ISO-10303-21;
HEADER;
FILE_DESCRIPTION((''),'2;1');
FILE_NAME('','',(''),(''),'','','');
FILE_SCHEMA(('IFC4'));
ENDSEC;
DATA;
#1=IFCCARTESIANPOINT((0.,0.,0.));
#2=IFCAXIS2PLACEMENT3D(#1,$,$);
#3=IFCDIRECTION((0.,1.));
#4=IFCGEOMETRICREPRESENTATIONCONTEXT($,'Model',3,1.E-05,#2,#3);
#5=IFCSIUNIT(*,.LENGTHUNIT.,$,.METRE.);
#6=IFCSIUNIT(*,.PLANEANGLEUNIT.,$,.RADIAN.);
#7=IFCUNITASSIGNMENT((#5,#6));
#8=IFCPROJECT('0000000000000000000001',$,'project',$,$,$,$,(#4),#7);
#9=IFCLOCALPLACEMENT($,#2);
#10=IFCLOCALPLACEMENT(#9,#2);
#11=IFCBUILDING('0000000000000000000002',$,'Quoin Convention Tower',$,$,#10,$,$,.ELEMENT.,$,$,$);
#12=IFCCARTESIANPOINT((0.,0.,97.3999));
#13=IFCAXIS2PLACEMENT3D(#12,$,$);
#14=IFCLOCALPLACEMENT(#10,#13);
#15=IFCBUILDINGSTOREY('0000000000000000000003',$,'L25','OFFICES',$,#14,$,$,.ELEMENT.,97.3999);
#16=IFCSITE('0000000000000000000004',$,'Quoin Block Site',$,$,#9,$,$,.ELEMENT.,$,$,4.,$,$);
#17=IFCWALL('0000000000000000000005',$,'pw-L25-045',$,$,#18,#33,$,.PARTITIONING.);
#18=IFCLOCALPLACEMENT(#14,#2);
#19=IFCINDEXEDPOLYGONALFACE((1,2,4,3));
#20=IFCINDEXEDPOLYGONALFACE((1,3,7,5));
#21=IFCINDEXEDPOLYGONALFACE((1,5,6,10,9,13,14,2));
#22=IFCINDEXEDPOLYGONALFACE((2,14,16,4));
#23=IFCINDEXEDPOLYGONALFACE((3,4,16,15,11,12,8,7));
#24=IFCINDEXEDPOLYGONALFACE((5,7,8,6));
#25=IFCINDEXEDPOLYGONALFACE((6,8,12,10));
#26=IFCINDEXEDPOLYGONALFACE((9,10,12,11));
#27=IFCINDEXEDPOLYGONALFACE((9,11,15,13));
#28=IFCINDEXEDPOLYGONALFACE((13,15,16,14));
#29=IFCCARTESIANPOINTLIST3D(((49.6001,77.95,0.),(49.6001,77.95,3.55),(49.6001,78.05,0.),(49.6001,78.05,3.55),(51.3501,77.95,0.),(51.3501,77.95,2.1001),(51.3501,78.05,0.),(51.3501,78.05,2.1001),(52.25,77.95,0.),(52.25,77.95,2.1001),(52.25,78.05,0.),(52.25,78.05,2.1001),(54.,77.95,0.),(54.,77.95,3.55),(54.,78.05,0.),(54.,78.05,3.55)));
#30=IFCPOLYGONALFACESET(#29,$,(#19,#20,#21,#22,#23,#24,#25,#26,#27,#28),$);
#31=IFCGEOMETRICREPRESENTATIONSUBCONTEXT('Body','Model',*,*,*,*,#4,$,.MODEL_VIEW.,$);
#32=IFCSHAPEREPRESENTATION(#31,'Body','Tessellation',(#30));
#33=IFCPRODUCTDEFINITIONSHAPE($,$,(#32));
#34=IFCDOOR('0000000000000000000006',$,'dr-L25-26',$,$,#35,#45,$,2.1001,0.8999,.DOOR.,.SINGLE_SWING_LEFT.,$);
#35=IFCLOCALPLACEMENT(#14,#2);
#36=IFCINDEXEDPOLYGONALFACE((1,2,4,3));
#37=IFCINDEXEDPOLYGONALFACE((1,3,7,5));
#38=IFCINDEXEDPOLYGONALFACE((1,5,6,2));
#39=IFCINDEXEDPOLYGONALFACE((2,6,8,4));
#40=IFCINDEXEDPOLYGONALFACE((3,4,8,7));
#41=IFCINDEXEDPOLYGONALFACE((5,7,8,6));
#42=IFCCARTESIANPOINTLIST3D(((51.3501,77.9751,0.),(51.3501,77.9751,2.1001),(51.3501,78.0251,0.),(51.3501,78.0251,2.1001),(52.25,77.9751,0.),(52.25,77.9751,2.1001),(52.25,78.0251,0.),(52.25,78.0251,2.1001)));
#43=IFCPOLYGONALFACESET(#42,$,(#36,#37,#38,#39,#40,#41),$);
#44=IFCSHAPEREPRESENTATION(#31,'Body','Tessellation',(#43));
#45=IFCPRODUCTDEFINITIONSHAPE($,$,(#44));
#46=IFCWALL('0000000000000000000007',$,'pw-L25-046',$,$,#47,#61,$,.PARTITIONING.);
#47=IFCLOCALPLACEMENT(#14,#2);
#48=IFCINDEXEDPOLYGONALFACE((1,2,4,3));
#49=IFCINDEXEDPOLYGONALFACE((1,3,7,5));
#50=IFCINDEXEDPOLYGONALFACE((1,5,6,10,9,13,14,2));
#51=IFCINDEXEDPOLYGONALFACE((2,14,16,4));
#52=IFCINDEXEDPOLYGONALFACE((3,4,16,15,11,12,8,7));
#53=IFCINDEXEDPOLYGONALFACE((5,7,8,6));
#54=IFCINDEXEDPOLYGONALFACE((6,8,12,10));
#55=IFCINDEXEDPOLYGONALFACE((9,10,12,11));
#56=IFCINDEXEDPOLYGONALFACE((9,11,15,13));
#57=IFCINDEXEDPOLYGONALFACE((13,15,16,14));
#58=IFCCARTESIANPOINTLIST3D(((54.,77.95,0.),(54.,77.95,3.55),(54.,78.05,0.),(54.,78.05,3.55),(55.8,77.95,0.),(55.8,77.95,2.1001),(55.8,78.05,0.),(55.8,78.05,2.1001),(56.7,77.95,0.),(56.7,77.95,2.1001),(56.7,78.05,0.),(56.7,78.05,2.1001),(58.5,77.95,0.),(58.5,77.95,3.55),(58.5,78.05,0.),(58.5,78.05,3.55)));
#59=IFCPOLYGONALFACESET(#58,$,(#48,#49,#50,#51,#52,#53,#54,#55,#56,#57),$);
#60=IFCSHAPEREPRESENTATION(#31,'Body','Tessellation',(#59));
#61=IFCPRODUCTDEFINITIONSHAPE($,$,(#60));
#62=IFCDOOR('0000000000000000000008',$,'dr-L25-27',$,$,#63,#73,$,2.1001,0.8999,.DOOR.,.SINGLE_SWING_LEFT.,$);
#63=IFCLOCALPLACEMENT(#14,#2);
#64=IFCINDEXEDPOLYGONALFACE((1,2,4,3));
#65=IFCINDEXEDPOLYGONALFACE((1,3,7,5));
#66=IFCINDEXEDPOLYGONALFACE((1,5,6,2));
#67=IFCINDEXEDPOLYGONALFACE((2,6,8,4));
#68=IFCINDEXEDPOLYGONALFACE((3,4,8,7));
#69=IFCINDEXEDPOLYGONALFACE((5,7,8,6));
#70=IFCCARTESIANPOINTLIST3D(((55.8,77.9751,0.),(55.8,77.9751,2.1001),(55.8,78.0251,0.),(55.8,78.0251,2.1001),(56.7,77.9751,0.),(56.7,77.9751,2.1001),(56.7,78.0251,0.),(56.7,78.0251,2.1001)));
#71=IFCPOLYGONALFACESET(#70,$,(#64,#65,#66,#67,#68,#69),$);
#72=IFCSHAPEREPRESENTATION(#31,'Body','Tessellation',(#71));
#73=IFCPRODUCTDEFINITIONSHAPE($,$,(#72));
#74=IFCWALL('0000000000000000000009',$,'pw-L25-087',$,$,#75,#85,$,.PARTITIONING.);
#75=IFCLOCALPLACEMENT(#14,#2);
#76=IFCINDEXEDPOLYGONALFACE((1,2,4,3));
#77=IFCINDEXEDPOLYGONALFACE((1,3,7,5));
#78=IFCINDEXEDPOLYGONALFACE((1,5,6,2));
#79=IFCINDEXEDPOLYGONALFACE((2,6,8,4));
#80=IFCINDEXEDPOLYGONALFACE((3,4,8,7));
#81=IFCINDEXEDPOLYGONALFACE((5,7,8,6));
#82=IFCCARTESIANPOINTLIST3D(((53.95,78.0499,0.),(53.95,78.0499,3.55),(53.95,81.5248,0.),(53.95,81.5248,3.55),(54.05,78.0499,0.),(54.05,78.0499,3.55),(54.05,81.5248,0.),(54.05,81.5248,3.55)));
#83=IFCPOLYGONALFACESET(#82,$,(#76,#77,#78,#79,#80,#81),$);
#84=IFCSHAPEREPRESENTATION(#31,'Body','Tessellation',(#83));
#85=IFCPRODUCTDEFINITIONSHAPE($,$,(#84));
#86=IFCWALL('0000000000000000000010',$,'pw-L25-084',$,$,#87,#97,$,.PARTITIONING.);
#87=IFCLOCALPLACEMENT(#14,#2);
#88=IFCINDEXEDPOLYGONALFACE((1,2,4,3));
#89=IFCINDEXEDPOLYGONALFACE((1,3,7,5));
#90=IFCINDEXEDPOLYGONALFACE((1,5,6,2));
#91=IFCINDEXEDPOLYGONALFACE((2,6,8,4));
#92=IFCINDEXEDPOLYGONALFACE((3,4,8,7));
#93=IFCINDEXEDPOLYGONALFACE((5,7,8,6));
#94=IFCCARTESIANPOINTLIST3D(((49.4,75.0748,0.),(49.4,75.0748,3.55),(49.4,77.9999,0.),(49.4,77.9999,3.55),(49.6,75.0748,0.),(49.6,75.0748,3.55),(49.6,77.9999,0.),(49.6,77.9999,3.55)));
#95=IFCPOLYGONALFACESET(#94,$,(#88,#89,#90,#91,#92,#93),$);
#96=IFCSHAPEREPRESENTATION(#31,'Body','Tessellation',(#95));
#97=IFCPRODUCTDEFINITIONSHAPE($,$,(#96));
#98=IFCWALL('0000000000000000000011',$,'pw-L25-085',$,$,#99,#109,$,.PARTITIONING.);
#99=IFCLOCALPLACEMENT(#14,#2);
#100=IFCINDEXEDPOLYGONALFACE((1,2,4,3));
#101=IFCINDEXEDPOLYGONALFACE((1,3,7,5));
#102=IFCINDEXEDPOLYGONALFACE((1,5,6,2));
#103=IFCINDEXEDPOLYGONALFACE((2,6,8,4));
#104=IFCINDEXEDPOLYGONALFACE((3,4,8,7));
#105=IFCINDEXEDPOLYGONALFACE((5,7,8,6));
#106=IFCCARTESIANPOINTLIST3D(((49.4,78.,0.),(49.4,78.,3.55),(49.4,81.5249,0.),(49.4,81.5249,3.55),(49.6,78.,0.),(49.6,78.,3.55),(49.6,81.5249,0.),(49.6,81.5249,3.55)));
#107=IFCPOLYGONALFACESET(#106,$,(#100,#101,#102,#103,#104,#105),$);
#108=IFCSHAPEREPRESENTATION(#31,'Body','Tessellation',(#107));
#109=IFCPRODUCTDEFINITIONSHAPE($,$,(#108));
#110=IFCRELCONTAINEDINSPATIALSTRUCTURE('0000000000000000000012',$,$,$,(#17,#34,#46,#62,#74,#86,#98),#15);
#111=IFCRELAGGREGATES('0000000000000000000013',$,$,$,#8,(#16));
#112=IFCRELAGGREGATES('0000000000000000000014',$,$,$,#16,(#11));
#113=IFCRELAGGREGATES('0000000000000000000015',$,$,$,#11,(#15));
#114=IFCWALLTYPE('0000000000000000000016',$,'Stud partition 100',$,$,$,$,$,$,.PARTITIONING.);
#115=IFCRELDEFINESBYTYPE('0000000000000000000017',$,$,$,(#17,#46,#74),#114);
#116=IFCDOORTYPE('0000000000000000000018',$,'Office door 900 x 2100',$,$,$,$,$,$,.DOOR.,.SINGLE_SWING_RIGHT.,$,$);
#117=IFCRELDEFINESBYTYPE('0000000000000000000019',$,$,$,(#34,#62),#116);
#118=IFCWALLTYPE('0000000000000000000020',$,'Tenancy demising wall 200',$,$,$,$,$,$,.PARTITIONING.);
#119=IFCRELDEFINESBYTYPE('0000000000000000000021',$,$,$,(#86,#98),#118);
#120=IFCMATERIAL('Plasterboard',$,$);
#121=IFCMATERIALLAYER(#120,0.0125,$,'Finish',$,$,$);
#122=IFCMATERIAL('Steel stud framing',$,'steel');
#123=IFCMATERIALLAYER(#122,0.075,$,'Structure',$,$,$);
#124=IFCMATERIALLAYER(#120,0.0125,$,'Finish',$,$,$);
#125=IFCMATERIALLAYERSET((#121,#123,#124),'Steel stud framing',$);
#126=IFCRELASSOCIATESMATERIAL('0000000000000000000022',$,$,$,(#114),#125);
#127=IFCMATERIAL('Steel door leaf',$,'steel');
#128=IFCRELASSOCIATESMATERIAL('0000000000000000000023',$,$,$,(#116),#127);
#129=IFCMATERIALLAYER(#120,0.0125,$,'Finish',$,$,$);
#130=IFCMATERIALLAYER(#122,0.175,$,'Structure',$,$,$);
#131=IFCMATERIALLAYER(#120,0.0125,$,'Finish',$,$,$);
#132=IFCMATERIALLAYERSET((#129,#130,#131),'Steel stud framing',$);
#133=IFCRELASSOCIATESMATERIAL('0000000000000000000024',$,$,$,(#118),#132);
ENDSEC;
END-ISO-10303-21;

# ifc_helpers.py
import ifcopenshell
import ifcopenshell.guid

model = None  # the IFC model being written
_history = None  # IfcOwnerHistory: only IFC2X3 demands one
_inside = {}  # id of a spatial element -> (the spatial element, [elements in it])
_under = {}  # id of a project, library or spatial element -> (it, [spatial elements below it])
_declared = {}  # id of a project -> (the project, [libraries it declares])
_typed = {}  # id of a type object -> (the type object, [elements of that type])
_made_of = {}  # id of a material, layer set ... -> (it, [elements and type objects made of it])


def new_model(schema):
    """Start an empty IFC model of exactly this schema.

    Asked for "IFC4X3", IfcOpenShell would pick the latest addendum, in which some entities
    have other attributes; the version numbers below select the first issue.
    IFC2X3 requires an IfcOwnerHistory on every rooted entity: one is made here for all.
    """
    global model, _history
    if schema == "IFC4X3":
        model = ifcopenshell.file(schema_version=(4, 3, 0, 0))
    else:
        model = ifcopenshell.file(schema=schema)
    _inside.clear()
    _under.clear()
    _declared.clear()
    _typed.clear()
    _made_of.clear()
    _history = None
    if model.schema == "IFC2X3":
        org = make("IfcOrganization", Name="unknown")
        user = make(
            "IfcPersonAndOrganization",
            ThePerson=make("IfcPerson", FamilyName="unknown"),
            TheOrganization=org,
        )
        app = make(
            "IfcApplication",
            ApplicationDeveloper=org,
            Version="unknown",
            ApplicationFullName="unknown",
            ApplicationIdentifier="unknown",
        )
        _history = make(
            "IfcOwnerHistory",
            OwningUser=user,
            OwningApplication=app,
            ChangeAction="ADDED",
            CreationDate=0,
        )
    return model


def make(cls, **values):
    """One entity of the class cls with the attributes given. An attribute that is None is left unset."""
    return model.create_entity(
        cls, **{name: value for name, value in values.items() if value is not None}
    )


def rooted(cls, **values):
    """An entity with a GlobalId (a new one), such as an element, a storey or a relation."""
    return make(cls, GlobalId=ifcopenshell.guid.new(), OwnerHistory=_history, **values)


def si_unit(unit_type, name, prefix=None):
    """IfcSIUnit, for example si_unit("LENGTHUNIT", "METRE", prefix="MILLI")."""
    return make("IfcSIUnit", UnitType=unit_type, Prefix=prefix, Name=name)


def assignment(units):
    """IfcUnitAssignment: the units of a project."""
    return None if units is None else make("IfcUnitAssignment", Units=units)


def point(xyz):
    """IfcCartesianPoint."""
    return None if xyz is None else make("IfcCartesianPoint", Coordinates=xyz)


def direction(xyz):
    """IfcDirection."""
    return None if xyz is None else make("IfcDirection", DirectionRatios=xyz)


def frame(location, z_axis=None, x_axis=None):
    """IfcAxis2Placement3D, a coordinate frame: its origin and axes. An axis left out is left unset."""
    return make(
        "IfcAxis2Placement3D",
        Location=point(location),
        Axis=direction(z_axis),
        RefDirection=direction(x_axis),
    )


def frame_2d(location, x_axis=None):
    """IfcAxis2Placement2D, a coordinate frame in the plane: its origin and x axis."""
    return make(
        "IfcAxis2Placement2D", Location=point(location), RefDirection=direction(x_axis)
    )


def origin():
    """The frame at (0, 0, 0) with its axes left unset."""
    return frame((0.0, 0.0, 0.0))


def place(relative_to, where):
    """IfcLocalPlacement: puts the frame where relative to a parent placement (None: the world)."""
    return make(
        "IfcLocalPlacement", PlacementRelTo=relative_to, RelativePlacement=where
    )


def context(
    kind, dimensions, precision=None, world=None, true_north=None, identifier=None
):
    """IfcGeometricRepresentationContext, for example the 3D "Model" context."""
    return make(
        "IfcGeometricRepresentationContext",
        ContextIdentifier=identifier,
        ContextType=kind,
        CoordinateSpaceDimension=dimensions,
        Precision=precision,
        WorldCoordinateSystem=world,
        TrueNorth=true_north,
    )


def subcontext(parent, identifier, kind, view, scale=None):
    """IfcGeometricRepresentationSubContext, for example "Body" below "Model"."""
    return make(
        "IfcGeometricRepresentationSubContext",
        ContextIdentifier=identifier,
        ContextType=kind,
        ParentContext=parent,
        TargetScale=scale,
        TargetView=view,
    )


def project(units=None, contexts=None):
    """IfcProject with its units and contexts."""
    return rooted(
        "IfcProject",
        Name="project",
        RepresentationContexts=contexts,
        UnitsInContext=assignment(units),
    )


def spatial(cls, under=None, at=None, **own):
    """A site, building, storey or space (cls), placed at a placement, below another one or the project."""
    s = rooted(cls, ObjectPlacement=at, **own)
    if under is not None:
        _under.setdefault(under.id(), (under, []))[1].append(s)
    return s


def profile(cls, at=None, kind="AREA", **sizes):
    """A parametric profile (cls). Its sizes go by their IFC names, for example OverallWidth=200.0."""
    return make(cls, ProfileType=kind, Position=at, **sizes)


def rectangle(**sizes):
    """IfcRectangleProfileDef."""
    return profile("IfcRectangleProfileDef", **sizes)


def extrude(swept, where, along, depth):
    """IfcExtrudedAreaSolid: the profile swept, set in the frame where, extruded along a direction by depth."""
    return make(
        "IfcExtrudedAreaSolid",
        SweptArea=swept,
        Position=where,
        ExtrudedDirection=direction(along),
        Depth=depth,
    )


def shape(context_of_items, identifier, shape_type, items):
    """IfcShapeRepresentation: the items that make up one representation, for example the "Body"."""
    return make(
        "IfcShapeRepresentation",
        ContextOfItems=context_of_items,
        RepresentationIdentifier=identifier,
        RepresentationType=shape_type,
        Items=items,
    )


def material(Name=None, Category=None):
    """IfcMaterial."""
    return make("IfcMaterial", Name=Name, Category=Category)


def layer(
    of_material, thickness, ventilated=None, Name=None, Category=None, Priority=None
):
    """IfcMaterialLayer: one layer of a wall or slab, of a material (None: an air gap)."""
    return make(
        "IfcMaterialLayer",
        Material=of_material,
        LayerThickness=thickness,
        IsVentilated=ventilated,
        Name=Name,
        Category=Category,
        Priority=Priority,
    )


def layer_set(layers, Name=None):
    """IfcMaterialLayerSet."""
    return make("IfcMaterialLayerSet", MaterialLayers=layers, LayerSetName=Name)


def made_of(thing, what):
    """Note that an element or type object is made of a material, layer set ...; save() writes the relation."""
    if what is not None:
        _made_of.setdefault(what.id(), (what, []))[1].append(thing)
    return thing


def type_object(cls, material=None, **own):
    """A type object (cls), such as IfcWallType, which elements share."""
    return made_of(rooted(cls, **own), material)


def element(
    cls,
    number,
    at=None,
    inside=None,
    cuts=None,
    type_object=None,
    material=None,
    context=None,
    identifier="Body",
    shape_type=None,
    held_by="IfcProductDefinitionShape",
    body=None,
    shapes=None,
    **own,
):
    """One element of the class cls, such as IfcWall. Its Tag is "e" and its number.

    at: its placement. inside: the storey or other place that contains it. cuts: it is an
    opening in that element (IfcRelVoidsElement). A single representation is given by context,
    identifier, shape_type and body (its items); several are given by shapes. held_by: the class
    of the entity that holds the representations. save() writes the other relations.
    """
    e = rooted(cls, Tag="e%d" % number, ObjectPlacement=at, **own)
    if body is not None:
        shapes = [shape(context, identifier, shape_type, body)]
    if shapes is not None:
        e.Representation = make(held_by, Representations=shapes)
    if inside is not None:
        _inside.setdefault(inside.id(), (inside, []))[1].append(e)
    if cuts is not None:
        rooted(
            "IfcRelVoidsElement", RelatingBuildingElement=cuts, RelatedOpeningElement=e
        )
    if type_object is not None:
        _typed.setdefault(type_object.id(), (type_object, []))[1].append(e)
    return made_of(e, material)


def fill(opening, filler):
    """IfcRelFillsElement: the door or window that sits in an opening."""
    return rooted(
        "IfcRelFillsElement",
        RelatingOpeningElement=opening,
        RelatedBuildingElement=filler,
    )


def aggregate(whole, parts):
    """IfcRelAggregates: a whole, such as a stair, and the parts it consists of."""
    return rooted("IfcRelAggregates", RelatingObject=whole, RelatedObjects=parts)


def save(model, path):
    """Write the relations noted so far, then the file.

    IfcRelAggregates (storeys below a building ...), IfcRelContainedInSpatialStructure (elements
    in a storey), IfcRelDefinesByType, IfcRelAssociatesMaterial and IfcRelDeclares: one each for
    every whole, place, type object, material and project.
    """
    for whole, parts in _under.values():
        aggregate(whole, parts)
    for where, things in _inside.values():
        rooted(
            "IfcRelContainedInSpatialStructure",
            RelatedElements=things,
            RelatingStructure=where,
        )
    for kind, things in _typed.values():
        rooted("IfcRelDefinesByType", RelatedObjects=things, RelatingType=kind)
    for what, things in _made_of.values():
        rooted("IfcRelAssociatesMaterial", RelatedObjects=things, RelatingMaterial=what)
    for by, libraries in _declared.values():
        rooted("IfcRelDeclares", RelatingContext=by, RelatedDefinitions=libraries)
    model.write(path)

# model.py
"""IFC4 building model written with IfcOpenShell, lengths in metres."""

from ifc_helpers import new_model, si_unit, direction, frame, frame_2d, origin, place, context, subcontext, project, spatial, rectangle, extrude, material, layer, layer_set, type_object, element, fill, save


model = new_model("IFC4")

# Units and contexts
model_context = context("Model", 3, precision=1e-05, world=origin(), true_north=direction((0.0, 1.0)))
body_context = subcontext(model_context, "Body", "Model", "MODEL_VIEW")
ifc_project = project(units=[si_unit("LENGTHUNIT", "METRE"), si_unit("PLANEANGLEUNIT", "RADIAN")], contexts=[model_context])

# Site, building, storey
site_placement = place(None, origin())
site = spatial("IfcSite", under=ifc_project, at=site_placement, Name="Quoin Block Site", CompositionType="ELEMENT", RefElevation=4.0)
building_placement = place(site_placement, origin())
building = spatial("IfcBuilding", under=site, at=building_placement, Name="Quoin Convention Tower", CompositionType="ELEMENT")
storey_placement = place(building_placement, frame((0.0, 0.0, 97.3999)))
storey = spatial("IfcBuildingStorey", under=building, at=storey_placement, Name="L25", Description="OFFICES", CompositionType="ELEMENT", Elevation=97.3999)

# Shared definitions
ifc_material_1 = material(Name="Steel door leaf", Category="steel")

# Walls, openings, doors
ifc_material_2 = material(Name="Plasterboard")
ifc_material_3 = material(Name="Steel stud framing", Category="steel")
ifc_layer_1 = layer(ifc_material_2, 0.0125, Name="Finish")
ifc_layer_2 = layer(ifc_material_3, 0.075, Name="Structure")
ifc_layer_3 = layer(ifc_material_2, 0.0125, Name="Finish")
ifc_layer_set_1 = layer_set([ifc_layer_1, ifc_layer_2, ifc_layer_3], Name="Steel stud framing")
wall_type_1 = type_object("IfcWallType", Name="Stud partition 100", PredefinedType="PARTITIONING", material=ifc_layer_set_1)
wall_1_placement = place(storey_placement, frame((49.6001, 78.0, 0.0), z_axis=(0.0, 0.0, 1.0), x_axis=(1.0, 0.0, 0.0)))
wall_1 = element("IfcWall", 1, at=wall_1_placement, inside=storey, type_object=wall_type_1, Name="pw-L25-045", PredefinedType="PARTITIONING", context=body_context, shape_type="SweptSolid", body=[
    extrude(rectangle(XDim=4.3999, YDim=0.1001, at=frame_2d((2.2, 0.0))), origin(), (0.0, 0.0, 1.0), 3.55),
])
opening_1_placement = place(wall_1_placement, frame((1.75, 0.0, 0.0)))
opening_1 = element("IfcOpeningElement", 2, at=opening_1_placement, cuts=wall_1, PredefinedType="OPENING", context=body_context, shape_type="SweptSolid", body=[
    extrude(rectangle(XDim=0.8999, YDim=2.1001, at=frame_2d((0.45, 1.05))), frame((0.0, 0.0601, 0.0), z_axis=(0.0, -1.0, 0.0), x_axis=(1.0, 0.0, 0.0)), (0.0, 0.0, 1.0), 0.1201),
])
door_type_1 = type_object("IfcDoorType", Name="Office door 900 x 2100", OperationType="SINGLE_SWING_RIGHT", PredefinedType="DOOR", material=ifc_material_1)
door_1_placement = place(opening_1_placement, frame((0.8999, 0.0, 0.0), z_axis=(0.0, 0.0, 1.0), x_axis=(-1.0, 0.0, 0.0)))
door_1 = element("IfcDoor", 3, at=door_1_placement, inside=storey, type_object=door_type_1, Name="dr-L25-26", OperationType="SINGLE_SWING_LEFT", OverallHeight=2.1001, OverallWidth=0.8999, PredefinedType="DOOR", context=body_context, shape_type="SweptSolid", body=[
    extrude(rectangle(XDim=0.8999, YDim=2.1001, at=frame_2d((0.45, 1.05))), frame((0.0, 0.0249, 0.0), z_axis=(0.0, -1.0, 0.0), x_axis=(1.0, 0.0, 0.0)), (0.0, 0.0, 1.0), 0.05),
])
fill(opening_1, door_1)
wall_2_placement = place(storey_placement, frame((54.0, 78.0, 0.0), z_axis=(0.0, 0.0, 1.0), x_axis=(1.0, 0.0, 0.0)))
wall_2 = element("IfcWall", 4, at=wall_2_placement, inside=storey, type_object=wall_type_1, Name="pw-L25-046", PredefinedType="PARTITIONING", context=body_context, shape_type="SweptSolid", body=[
    extrude(rectangle(XDim=4.5, YDim=0.1001, at=frame_2d((2.25, 0.0))), origin(), (0.0, 0.0, 1.0), 3.55),
])
opening_2_placement = place(wall_2_placement, frame((1.8, 0.0, 0.0)))
opening_2 = element("IfcOpeningElement", 5, at=opening_2_placement, cuts=wall_2, PredefinedType="OPENING", context=body_context, shape_type="SweptSolid", body=[
    extrude(rectangle(XDim=0.8999, YDim=2.1001, at=frame_2d((0.45, 1.05))), frame((0.0, 0.0601, 0.0), z_axis=(0.0, -1.0, 0.0), x_axis=(1.0, 0.0, 0.0)), (0.0, 0.0, 1.0), 0.1201),
])
door_2_placement = place(opening_2_placement, frame((0.8999, 0.0, 0.0), z_axis=(0.0, 0.0, 1.0), x_axis=(-1.0, 0.0, 0.0)))
door_2 = element("IfcDoor", 6, at=door_2_placement, inside=storey, type_object=door_type_1, Name="dr-L25-27", OperationType="SINGLE_SWING_LEFT", OverallHeight=2.1001, OverallWidth=0.8999, PredefinedType="DOOR", context=body_context, shape_type="SweptSolid", body=[
    extrude(rectangle(XDim=0.8999, YDim=2.1001, at=frame_2d((0.45, 1.05))), frame((0.0, 0.0249, 0.0), z_axis=(0.0, -1.0, 0.0), x_axis=(1.0, 0.0, 0.0)), (0.0, 0.0, 1.0), 0.05),
])
fill(opening_2, door_2)

# Walls
wall_3_placement = place(storey_placement, frame((54.0, 78.05, 0.0), z_axis=(0.0, 0.0, 1.0), x_axis=(0.0, 1.0, 0.0)))
element("IfcWall", 7, at=wall_3_placement, inside=storey, type_object=wall_type_1, Name="pw-L25-087", PredefinedType="PARTITIONING", context=body_context, shape_type="SweptSolid", body=[
    extrude(rectangle(XDim=3.4749, YDim=0.1001, at=frame_2d((1.7373, 0.0))), origin(), (0.0, 0.0, 1.0), 3.55),
])
ifc_layer_4 = layer(ifc_material_2, 0.0125, Name="Finish")
ifc_layer_5 = layer(ifc_material_3, 0.175, Name="Structure")
ifc_layer_6 = layer(ifc_material_2, 0.0125, Name="Finish")
ifc_layer_set_2 = layer_set([ifc_layer_4, ifc_layer_5, ifc_layer_6], Name="Steel stud framing")
wall_type_2 = type_object("IfcWallType", Name="Tenancy demising wall 200", PredefinedType="PARTITIONING", material=ifc_layer_set_2)
wall_4_placement = place(storey_placement, frame((49.5, 75.075, 0.0), z_axis=(0.0, 0.0, 1.0), x_axis=(0.0, 1.0, 0.0)))
element("IfcWall", 8, at=wall_4_placement, inside=storey, type_object=wall_type_2, Name="pw-L25-084", PredefinedType="PARTITIONING", context=body_context, shape_type="SweptSolid", body=[
    extrude(rectangle(XDim=2.925, YDim=0.2, at=frame_2d((1.4624, 0.0))), origin(), (0.0, 0.0, 1.0), 3.55),
])
wall_5_placement = place(storey_placement, frame((49.5, 78.0, 0.0), z_axis=(0.0, 0.0, 1.0), x_axis=(0.0, 1.0, 0.0)))
element("IfcWall", 9, at=wall_5_placement, inside=storey, type_object=wall_type_2, Name="pw-L25-085", PredefinedType="PARTITIONING", context=body_context, shape_type="SweptSolid", body=[
    extrude(rectangle(XDim=3.5249, YDim=0.2, at=frame_2d((1.7625, 0.0))), origin(), (0.0, 0.0, 1.0), 3.55),
])

save(model, "model.ifc")
